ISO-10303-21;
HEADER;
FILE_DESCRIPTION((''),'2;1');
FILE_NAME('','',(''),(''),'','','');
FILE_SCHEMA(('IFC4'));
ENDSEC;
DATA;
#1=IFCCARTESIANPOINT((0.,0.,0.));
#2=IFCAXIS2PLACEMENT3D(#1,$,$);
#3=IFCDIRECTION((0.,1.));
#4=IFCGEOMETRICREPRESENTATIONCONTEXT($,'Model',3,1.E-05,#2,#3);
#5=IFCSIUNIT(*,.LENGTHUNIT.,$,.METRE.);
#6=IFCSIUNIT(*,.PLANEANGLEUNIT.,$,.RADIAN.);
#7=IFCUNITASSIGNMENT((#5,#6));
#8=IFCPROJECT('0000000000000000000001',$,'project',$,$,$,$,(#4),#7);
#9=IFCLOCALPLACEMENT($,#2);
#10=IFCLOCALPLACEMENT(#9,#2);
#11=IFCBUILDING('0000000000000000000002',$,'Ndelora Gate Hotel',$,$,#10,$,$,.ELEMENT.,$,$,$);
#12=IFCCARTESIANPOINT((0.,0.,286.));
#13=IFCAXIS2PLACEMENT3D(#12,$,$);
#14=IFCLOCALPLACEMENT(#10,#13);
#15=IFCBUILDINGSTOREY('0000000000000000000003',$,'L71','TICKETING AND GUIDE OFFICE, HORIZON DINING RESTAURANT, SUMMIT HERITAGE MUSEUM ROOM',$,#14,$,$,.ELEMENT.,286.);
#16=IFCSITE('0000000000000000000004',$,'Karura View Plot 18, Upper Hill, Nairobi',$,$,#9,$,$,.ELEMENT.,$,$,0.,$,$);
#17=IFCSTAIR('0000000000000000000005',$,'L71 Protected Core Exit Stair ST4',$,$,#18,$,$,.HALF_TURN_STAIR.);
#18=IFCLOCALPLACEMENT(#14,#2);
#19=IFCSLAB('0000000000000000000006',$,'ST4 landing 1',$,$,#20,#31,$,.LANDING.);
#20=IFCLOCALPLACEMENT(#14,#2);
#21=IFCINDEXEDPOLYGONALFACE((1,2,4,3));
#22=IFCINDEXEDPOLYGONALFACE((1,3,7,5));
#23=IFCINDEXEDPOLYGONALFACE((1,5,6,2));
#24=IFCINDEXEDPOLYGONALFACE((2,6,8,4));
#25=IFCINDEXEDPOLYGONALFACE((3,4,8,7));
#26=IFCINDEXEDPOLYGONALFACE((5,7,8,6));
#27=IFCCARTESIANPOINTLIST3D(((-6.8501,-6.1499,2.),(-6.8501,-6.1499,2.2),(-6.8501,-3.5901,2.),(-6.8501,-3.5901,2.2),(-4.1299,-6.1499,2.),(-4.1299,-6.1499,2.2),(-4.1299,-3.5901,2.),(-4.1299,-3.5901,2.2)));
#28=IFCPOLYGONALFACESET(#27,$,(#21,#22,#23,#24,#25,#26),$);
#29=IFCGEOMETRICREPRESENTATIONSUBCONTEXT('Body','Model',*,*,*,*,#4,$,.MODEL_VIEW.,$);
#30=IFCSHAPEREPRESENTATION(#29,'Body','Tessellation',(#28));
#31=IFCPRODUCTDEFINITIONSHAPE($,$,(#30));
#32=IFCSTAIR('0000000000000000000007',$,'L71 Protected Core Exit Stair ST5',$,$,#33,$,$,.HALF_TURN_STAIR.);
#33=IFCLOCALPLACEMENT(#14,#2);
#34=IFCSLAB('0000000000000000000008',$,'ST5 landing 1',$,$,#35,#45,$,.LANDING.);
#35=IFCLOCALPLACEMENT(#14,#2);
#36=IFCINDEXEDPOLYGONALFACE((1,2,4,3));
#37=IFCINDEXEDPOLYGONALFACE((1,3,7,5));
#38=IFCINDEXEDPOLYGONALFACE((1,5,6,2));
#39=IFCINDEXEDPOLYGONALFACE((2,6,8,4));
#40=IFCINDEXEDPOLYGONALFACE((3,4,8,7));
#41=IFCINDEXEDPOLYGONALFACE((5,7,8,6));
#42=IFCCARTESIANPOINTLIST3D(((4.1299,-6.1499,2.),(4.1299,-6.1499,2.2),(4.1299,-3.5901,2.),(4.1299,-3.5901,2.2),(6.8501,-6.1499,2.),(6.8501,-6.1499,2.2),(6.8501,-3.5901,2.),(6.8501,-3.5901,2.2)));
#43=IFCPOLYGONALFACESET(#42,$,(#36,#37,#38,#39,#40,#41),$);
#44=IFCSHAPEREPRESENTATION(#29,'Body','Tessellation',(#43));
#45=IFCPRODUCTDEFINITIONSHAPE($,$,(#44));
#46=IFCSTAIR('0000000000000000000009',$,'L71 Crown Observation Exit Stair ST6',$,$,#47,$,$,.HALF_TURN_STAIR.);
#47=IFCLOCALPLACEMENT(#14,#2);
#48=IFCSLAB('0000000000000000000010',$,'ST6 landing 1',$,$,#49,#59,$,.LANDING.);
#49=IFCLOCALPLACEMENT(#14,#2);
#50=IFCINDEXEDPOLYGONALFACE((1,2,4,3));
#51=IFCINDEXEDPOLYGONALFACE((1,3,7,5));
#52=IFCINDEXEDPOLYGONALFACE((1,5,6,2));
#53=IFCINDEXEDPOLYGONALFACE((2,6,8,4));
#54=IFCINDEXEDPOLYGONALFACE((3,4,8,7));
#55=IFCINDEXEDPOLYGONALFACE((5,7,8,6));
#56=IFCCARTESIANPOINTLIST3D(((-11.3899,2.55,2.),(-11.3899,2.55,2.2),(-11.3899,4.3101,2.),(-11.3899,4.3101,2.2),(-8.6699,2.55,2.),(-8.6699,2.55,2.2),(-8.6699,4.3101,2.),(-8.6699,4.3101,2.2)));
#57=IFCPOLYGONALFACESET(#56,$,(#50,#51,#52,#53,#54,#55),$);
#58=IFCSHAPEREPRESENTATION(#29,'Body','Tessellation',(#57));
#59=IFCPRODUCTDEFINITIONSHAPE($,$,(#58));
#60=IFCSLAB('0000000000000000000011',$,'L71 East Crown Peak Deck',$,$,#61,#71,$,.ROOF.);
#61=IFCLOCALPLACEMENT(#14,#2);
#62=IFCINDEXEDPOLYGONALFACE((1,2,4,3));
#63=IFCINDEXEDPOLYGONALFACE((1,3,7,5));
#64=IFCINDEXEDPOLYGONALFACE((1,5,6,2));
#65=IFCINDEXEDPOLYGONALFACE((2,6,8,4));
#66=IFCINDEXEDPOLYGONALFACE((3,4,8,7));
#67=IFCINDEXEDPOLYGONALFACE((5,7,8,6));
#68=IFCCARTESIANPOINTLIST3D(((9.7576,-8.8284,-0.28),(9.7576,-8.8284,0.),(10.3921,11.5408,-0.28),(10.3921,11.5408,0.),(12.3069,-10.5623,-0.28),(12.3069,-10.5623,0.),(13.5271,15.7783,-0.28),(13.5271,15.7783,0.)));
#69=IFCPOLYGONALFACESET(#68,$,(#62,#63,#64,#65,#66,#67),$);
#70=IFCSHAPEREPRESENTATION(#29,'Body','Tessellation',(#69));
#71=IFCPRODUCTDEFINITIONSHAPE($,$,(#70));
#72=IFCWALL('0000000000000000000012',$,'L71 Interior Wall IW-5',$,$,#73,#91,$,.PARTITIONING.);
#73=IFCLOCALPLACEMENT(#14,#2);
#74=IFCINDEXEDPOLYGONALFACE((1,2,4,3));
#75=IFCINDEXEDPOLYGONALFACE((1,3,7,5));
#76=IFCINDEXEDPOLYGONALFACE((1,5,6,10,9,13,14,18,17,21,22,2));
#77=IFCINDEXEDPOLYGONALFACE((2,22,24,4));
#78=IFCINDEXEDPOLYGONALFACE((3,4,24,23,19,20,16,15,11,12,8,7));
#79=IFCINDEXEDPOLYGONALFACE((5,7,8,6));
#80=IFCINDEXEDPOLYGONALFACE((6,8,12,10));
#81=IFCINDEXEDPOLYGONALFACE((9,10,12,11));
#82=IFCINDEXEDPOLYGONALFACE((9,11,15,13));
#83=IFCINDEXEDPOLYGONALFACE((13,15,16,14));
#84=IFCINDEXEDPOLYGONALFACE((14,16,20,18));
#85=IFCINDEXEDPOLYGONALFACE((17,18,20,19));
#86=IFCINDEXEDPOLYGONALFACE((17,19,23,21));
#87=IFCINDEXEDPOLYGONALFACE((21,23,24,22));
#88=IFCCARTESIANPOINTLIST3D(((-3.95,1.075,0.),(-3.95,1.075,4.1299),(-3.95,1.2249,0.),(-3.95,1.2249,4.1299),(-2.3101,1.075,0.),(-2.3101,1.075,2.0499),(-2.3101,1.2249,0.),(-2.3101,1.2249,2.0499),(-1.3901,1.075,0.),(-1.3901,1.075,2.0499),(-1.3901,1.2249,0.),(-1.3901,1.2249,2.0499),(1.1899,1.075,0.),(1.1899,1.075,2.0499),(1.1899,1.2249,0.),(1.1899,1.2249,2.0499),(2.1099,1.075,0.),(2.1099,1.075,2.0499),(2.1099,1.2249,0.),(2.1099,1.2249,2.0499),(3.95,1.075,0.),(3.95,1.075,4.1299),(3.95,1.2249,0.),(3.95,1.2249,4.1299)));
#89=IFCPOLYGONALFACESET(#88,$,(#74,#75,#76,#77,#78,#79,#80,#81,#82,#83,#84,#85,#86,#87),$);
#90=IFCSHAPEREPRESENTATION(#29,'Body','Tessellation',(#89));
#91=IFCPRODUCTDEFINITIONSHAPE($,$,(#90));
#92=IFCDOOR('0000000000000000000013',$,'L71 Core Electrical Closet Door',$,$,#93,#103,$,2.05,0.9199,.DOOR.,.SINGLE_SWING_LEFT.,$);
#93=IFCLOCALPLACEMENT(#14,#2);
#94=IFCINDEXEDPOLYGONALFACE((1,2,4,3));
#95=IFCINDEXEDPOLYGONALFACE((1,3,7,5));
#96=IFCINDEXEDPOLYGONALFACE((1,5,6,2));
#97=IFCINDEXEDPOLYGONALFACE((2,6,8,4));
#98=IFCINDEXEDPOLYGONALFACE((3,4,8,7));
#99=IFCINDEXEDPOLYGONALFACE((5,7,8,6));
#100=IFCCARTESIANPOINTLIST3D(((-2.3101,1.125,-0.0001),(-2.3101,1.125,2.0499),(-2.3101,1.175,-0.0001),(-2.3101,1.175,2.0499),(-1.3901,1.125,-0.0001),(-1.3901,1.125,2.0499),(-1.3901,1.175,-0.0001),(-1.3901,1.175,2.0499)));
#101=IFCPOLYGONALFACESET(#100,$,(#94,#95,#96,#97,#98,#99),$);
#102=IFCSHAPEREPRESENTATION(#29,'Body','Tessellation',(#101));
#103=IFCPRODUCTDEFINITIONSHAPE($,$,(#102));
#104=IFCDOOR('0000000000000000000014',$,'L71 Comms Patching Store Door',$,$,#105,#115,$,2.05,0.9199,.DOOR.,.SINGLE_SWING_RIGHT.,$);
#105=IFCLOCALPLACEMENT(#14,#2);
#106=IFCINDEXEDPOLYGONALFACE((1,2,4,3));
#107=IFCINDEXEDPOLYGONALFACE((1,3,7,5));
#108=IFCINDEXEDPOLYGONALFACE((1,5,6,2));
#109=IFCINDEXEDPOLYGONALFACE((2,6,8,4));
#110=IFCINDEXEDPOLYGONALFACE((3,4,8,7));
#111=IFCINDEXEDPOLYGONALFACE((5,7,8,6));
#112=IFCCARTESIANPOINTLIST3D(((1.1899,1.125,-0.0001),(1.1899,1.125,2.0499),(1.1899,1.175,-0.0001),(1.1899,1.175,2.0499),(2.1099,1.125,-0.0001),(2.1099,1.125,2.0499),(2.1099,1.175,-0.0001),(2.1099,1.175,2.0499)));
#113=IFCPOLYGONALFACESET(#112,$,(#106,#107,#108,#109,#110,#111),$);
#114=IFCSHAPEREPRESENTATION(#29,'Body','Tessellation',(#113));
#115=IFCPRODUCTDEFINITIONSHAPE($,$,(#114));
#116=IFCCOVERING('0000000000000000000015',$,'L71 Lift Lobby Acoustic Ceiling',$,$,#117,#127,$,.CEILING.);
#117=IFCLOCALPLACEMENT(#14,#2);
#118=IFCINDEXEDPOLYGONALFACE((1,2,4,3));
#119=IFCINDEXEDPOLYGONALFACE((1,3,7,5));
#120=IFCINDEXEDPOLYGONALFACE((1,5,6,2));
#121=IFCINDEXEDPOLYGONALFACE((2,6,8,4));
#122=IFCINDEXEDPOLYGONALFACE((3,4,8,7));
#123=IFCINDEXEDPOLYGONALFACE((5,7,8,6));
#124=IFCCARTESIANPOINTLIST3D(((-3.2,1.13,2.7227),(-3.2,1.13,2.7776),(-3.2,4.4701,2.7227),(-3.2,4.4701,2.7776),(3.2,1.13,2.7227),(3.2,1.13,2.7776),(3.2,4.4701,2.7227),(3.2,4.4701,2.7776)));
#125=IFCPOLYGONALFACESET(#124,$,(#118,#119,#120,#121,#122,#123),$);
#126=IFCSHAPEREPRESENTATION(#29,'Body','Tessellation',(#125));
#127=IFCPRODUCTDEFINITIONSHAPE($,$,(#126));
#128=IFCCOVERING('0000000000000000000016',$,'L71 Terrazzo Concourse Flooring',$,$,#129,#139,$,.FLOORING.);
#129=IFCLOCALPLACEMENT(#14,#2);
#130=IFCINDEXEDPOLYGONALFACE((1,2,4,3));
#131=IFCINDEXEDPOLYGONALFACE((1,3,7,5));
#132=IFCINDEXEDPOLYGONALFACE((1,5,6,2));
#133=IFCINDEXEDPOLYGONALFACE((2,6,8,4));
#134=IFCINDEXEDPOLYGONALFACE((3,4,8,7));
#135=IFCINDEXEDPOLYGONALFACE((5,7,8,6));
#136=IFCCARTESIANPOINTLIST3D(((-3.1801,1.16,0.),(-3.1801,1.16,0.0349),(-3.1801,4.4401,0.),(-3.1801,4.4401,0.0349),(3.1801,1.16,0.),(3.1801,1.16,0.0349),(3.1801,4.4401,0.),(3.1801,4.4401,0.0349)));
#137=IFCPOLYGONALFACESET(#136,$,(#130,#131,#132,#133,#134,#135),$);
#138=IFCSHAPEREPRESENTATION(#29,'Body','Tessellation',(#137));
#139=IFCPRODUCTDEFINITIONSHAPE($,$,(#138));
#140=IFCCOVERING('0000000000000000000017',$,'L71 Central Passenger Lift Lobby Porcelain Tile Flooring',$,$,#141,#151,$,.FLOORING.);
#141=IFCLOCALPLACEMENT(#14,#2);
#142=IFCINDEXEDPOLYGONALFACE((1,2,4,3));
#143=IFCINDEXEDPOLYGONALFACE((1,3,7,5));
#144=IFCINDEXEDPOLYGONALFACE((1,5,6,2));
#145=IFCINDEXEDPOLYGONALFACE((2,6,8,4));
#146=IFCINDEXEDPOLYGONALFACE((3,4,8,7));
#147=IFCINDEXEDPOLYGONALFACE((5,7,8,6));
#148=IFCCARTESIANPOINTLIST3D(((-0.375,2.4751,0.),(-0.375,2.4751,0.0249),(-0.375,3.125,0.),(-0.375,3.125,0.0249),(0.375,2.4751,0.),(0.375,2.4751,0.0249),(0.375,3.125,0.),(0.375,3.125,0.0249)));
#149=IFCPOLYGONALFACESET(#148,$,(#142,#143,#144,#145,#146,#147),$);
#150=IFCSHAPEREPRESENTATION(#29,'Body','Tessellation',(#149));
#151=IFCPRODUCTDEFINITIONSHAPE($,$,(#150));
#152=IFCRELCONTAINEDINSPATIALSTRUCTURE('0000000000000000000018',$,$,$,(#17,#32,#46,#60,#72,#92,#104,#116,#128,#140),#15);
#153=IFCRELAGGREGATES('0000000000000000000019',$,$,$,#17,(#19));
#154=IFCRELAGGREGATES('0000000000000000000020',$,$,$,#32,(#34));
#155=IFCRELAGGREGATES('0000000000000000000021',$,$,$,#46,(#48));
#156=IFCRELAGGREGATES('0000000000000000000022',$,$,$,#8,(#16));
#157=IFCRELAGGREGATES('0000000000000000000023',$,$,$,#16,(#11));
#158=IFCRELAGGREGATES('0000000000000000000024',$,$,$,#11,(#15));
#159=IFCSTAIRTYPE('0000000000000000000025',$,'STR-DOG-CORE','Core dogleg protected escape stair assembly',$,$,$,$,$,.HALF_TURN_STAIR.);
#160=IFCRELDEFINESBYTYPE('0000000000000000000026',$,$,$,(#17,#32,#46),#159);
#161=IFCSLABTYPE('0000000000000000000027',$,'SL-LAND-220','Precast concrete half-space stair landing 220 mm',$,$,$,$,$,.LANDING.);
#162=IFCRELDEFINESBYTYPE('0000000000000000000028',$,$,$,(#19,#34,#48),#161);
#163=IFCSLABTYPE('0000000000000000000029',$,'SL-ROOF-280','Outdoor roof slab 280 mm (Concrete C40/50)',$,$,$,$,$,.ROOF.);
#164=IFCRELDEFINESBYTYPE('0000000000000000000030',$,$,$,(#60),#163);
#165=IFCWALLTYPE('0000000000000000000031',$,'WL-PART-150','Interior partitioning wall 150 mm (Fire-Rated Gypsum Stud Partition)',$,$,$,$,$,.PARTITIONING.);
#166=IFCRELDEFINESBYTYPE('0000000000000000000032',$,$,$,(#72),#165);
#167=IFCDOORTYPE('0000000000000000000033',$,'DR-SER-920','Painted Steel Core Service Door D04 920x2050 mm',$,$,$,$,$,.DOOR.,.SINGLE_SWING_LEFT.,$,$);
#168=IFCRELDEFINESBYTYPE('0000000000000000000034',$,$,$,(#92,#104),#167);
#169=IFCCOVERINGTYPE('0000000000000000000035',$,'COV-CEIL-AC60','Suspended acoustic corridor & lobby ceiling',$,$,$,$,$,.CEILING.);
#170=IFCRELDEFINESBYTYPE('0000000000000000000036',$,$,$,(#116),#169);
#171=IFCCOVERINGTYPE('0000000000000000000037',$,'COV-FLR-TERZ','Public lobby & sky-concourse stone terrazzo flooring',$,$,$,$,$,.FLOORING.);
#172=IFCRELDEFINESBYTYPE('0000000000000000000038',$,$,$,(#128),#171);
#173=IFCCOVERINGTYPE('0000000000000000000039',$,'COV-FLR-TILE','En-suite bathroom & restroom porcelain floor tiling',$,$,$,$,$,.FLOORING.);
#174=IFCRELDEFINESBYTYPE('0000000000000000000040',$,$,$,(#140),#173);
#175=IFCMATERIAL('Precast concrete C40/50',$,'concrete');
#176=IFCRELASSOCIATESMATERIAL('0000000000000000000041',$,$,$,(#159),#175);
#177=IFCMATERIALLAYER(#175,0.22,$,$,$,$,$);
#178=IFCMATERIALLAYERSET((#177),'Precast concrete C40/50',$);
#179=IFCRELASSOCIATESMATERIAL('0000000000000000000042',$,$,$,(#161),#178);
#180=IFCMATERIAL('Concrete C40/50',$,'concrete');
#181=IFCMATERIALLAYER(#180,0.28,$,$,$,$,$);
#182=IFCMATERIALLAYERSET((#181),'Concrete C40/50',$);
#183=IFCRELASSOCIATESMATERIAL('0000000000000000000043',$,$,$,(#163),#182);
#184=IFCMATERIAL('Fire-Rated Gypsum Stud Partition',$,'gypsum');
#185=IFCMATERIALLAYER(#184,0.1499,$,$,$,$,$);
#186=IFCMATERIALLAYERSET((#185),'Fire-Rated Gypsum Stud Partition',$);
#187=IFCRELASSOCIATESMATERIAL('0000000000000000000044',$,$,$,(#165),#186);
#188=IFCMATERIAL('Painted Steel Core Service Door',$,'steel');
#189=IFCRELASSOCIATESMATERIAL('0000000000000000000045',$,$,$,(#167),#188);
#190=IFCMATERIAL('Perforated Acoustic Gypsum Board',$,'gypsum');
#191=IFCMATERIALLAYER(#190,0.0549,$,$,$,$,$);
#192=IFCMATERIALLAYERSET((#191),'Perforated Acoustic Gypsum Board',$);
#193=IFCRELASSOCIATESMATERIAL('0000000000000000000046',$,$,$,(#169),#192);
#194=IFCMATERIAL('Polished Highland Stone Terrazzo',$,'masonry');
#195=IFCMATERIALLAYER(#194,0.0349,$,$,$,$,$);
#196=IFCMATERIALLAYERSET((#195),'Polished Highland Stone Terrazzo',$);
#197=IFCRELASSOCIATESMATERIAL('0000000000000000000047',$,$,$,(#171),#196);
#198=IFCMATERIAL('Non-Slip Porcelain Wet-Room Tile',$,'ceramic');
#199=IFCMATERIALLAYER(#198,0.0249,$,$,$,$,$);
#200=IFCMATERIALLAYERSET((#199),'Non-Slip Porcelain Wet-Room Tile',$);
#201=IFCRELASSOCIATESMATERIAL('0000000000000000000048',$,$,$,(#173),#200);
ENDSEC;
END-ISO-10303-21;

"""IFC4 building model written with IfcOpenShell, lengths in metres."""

from ifc_helpers import new_model, si_unit, direction, frame, frame_2d, origin, origin_2d, place, context, subcontext, project, spatial, polyline, rectangle, outline, extrude, material, layer, layer_set, type_object, element, fill, aggregate, save


model = new_model("IFC4")

# Units and contexts
model_context = context("Model", 3, precision=1e-05, world=origin(), true_north=direction((0.0, 1.0)))
body_context = subcontext(model_context, "Body", "Model", "MODEL_VIEW")
ifc_project = project(units=[si_unit("LENGTHUNIT", "METRE"), si_unit("PLANEANGLEUNIT", "RADIAN")], contexts=[model_context])

# Site, building, storey
site_placement = place(None, origin())
site = spatial("IfcSite", under=ifc_project, at=site_placement, Name="Karura View Plot 18, Upper Hill, Nairobi", CompositionType="ELEMENT", RefElevation=0.0)
building_placement = place(site_placement, origin())
building = spatial("IfcBuilding", under=site, at=building_placement, Name="Ndelora Gate Hotel", CompositionType="ELEMENT")
storey_placement = place(building_placement, frame((0.0, 0.0, 286.0)))
storey = spatial("IfcBuildingStorey", under=building, at=storey_placement, Name="L71", Description="TICKETING AND GUIDE OFFICE, HORIZON DINING RESTAURANT, SUMMIT HERITAGE MUSEUM ROOM", CompositionType="ELEMENT", Elevation=286.0)

# Stairs, slabs
ifc_material_1 = material(Name="Precast concrete C40/50", Category="concrete")
stair_type = type_object("IfcStairType", Name="STR-DOG-CORE", Description="Core dogleg protected escape stair assembly", PredefinedType="HALF_TURN_STAIR", material=ifc_material_1)
stair_1_placement = place(storey_placement, origin())
stair_1 = element("IfcStair", 1, at=stair_1_placement, inside=storey, type_object=stair_type, Name="L71 Protected Core Exit Stair ST4", PredefinedType="HALF_TURN_STAIR")
ifc_layer_1 = layer(ifc_material_1, 0.22)
ifc_layer_set_1 = layer_set([ifc_layer_1], Name="Precast concrete C40/50")
slab_type_1 = type_object("IfcSlabType", Name="SL-LAND-220", Description="Precast concrete half-space stair landing 220 mm", PredefinedType="LANDING", material=ifc_layer_set_1)
slab_1_placement = place(storey_placement, frame((0.0, 0.0, 2.0)))
slab_1 = element("IfcSlab", 2, at=slab_1_placement, type_object=slab_type_1, Name="ST4 landing 1", PredefinedType="LANDING", context=body_context, shape_type="SweptSolid", body=[
    extrude(outline(polyline([(-6.8501, -3.5901), (-6.8501, -6.1499), (-4.1299, -6.1499), (-4.1299, -3.5901), (-6.8501, -3.5901)])), origin(), (0.0, 0.0, 1.0), 0.2),
])
aggregate(stair_1, [slab_1])
stair_2_placement = place(storey_placement, origin())
stair_2 = element("IfcStair", 3, at=stair_2_placement, inside=storey, type_object=stair_type, Name="L71 Protected Core Exit Stair ST5", PredefinedType="HALF_TURN_STAIR")
slab_2_placement = place(storey_placement, frame((0.0, 0.0, 2.0)))
slab_2 = element("IfcSlab", 4, at=slab_2_placement, type_object=slab_type_1, Name="ST5 landing 1", PredefinedType="LANDING", context=body_context, shape_type="SweptSolid", body=[
    extrude(outline(polyline([(4.1299, -3.5901), (4.1299, -6.1499), (6.8501, -6.1499), (6.8501, -3.5901), (4.1299, -3.5901)])), origin(), (0.0, 0.0, 1.0), 0.2),
])
aggregate(stair_2, [slab_2])
stair_3_placement = place(storey_placement, origin())
stair_3 = element("IfcStair", 5, at=stair_3_placement, inside=storey, type_object=stair_type, Name="L71 Crown Observation Exit Stair ST6", PredefinedType="HALF_TURN_STAIR")
slab_3_placement = place(storey_placement, frame((0.0, 0.0, 2.0)))
slab_3 = element("IfcSlab", 6, at=slab_3_placement, type_object=slab_type_1, Name="ST6 landing 1", PredefinedType="LANDING", context=body_context, shape_type="SweptSolid", body=[
    extrude(outline(polyline([(-11.3899, 4.3101), (-11.3899, 2.55), (-8.6699, 2.55), (-8.6699, 4.3101), (-11.3899, 4.3101)])), origin(), (0.0, 0.0, 1.0), 0.2),
])
aggregate(stair_3, [slab_3])

# Slab
ifc_material_2 = material(Name="Concrete C40/50", Category="concrete")
ifc_layer_2 = layer(ifc_material_2, 0.28)
ifc_layer_set_2 = layer_set([ifc_layer_2], Name="Concrete C40/50")
slab_type_2 = type_object("IfcSlabType", Name="SL-ROOF-280", Description="Outdoor roof slab 280 mm (Concrete C40/50)", PredefinedType="ROOF", material=ifc_layer_set_2)
slab_4_placement = place(storey_placement, frame((0.0, 0.0, -0.28)))
element("IfcSlab", 7, at=slab_4_placement, inside=storey, type_object=slab_type_2, Name="L71 East Crown Peak Deck", PredefinedType="ROOF", context=body_context, shape_type="SweptSolid", body=[
    extrude(outline(polyline([(9.7576, -8.8284), (12.3069, -10.5623), (13.5271, 15.7783), (10.3921, 11.5408), (9.7576, -8.8284)])), origin(), (0.0, 0.0, 1.0), 0.28),
])

# Wall, openings, doors
ifc_material_3 = material(Name="Fire-Rated Gypsum Stud Partition", Category="gypsum")
ifc_layer_3 = layer(ifc_material_3, 0.1499)
ifc_layer_set_3 = layer_set([ifc_layer_3], Name="Fire-Rated Gypsum Stud Partition")
wall_type_1 = type_object("IfcWallType", Name="WL-PART-150", Description="Interior partitioning wall 150 mm (Fire-Rated Gypsum Stud Partition)", PredefinedType="PARTITIONING", material=ifc_layer_set_3)
wall_1_placement = place(storey_placement, frame((3.95, 1.1499, 0.0), z_axis=(0.0, 0.0, 1.0), x_axis=(-1.0, 0.0, 0.0)))
wall_1 = element("IfcWall", 8, at=wall_1_placement, inside=storey, type_object=wall_type_1, Name="L71 Interior Wall IW-5", PredefinedType="PARTITIONING", context=body_context, shape_type="SweptSolid", body=[
    extrude(rectangle(XDim=7.8999, YDim=0.1499, at=frame_2d((3.95, 0.0))), origin(), (0.0, 0.0, 1.0), 4.1299),
])
opening_1_placement = place(wall_1_placement, frame((5.3401, 0.0, 0.0)))
opening_1 = element("IfcOpeningElement", 9, at=opening_1_placement, cuts=wall_1, PredefinedType="OPENING", context=body_context, shape_type="SweptSolid", body=[
    extrude(rectangle(XDim=0.9199, YDim=2.05, at=frame_2d((0.46, 1.0249))), frame((0.0, 0.085, 0.0), z_axis=(0.0, -1.0, 0.0), x_axis=(1.0, 0.0, 0.0)), (0.0, 0.0, 1.0), 0.1699),
])
opening_2_placement = place(wall_1_placement, frame((1.8401, 0.0, 0.0)))
opening_2 = element("IfcOpeningElement", 10, at=opening_2_placement, cuts=wall_1, PredefinedType="OPENING", context=body_context, shape_type="SweptSolid", body=[
    extrude(rectangle(XDim=0.9199, YDim=2.05, at=frame_2d((0.46, 1.0249))), frame((0.0, 0.085, 0.0), z_axis=(0.0, -1.0, 0.0), x_axis=(1.0, 0.0, 0.0)), (0.0, 0.0, 1.0), 0.1699),
])
ifc_material_4 = material(Name="Painted Steel Core Service Door", Category="steel")
door_type_1 = type_object("IfcDoorType", Name="DR-SER-920", Description="Painted Steel Core Service Door D04 920x2050 mm", OperationType="SINGLE_SWING_LEFT", PredefinedType="DOOR", material=ifc_material_4)
door_1_placement = place(opening_1_placement, origin())
door_1 = element("IfcDoor", 11, at=door_1_placement, inside=storey, type_object=door_type_1, Name="L71 Core Electrical Closet Door", OperationType="SINGLE_SWING_LEFT", OverallHeight=2.05, OverallWidth=0.9199, PredefinedType="DOOR", context=body_context, shape_type="SweptSolid", body=[
    extrude(rectangle(XDim=0.9199, YDim=2.05, at=frame_2d((0.46, 1.0249))), frame((0.0, 0.0249, 0.0), z_axis=(0.0, -1.0, 0.0), x_axis=(1.0, 0.0, 0.0)), (0.0, 0.0, 1.0), 0.05),
])
fill(opening_1, door_1)
door_2_placement = place(opening_2_placement, origin())
door_2 = element("IfcDoor", 12, at=door_2_placement, inside=storey, type_object=door_type_1, Name="L71 Comms Patching Store Door", OperationType="SINGLE_SWING_RIGHT", OverallHeight=2.05, OverallWidth=0.9199, PredefinedType="DOOR", context=body_context, shape_type="SweptSolid", body=[
    extrude(rectangle(XDim=0.9199, YDim=2.05, at=frame_2d((0.46, 1.0249))), frame((0.0, 0.0249, 0.0), z_axis=(0.0, -1.0, 0.0), x_axis=(1.0, 0.0, 0.0)), (0.0, 0.0, 1.0), 0.05),
])
fill(opening_2, door_2)

# Coverings
ifc_material_5 = material(Name="Perforated Acoustic Gypsum Board", Category="gypsum")
ifc_layer_4 = layer(ifc_material_5, 0.0549)
ifc_layer_set_4 = layer_set([ifc_layer_4], Name="Perforated Acoustic Gypsum Board")
covering_type_1 = type_object("IfcCoveringType", Name="COV-CEIL-AC60", Description="Suspended acoustic corridor & lobby ceiling", PredefinedType="CEILING", material=ifc_layer_set_4)
covering_1_placement = place(storey_placement, frame((0.0, 2.8, 2.7227), z_axis=(0.0, 0.0, 1.0), x_axis=(1.0, 0.0, 0.0)))
element("IfcCovering", 13, at=covering_1_placement, inside=storey, type_object=covering_type_1, Name="L71 Lift Lobby Acoustic Ceiling", PredefinedType="CEILING", context=body_context, shape_type="SweptSolid", body=[
    extrude(rectangle(XDim=6.3999, YDim=3.3401, at=origin_2d()), origin(), (0.0, 0.0, 1.0), 0.0549),
])
ifc_material_6 = material(Name="Polished Highland Stone Terrazzo", Category="masonry")
ifc_layer_5 = layer(ifc_material_6, 0.0349)
ifc_layer_set_5 = layer_set([ifc_layer_5], Name="Polished Highland Stone Terrazzo")
covering_type_2 = type_object("IfcCoveringType", Name="COV-FLR-TERZ", Description="Public lobby & sky-concourse stone terrazzo flooring", PredefinedType="FLOORING", material=ifc_layer_set_5)
covering_2_placement = place(storey_placement, frame((0.0, 2.8, 0.0), z_axis=(0.0, 0.0, 1.0), x_axis=(1.0, 0.0, 0.0)))
element("IfcCovering", 14, at=covering_2_placement, inside=storey, type_object=covering_type_2, Name="L71 Terrazzo Concourse Flooring", PredefinedType="FLOORING", context=body_context, shape_type="SweptSolid", body=[
    extrude(rectangle(XDim=6.3601, YDim=3.28, at=origin_2d()), origin(), (0.0, 0.0, 1.0), 0.0349),
])
ifc_material_7 = material(Name="Non-Slip Porcelain Wet-Room Tile", Category="ceramic")
ifc_layer_6 = layer(ifc_material_7, 0.0249)
ifc_layer_set_6 = layer_set([ifc_layer_6], Name="Non-Slip Porcelain Wet-Room Tile")
covering_type_3 = type_object("IfcCoveringType", Name="COV-FLR-TILE", Description="En-suite bathroom & restroom porcelain floor tiling", PredefinedType="FLOORING", material=ifc_layer_set_6)
covering_3_placement = place(storey_placement, frame((0.0, 2.8, 0.0), z_axis=(0.0, 0.0, 1.0), x_axis=(1.0, 0.0, 0.0)))
element("IfcCovering", 15, at=covering_3_placement, inside=storey, type_object=covering_type_3, Name="L71 Central Passenger Lift Lobby Porcelain Tile Flooring", PredefinedType="FLOORING", context=body_context, shape_type="SweptSolid", body=[
    extrude(rectangle(XDim=0.75, YDim=0.6499, at=origin_2d()), origin(), (0.0, 0.0, 1.0), 0.0249),
])

save(model, "model.ifc")
